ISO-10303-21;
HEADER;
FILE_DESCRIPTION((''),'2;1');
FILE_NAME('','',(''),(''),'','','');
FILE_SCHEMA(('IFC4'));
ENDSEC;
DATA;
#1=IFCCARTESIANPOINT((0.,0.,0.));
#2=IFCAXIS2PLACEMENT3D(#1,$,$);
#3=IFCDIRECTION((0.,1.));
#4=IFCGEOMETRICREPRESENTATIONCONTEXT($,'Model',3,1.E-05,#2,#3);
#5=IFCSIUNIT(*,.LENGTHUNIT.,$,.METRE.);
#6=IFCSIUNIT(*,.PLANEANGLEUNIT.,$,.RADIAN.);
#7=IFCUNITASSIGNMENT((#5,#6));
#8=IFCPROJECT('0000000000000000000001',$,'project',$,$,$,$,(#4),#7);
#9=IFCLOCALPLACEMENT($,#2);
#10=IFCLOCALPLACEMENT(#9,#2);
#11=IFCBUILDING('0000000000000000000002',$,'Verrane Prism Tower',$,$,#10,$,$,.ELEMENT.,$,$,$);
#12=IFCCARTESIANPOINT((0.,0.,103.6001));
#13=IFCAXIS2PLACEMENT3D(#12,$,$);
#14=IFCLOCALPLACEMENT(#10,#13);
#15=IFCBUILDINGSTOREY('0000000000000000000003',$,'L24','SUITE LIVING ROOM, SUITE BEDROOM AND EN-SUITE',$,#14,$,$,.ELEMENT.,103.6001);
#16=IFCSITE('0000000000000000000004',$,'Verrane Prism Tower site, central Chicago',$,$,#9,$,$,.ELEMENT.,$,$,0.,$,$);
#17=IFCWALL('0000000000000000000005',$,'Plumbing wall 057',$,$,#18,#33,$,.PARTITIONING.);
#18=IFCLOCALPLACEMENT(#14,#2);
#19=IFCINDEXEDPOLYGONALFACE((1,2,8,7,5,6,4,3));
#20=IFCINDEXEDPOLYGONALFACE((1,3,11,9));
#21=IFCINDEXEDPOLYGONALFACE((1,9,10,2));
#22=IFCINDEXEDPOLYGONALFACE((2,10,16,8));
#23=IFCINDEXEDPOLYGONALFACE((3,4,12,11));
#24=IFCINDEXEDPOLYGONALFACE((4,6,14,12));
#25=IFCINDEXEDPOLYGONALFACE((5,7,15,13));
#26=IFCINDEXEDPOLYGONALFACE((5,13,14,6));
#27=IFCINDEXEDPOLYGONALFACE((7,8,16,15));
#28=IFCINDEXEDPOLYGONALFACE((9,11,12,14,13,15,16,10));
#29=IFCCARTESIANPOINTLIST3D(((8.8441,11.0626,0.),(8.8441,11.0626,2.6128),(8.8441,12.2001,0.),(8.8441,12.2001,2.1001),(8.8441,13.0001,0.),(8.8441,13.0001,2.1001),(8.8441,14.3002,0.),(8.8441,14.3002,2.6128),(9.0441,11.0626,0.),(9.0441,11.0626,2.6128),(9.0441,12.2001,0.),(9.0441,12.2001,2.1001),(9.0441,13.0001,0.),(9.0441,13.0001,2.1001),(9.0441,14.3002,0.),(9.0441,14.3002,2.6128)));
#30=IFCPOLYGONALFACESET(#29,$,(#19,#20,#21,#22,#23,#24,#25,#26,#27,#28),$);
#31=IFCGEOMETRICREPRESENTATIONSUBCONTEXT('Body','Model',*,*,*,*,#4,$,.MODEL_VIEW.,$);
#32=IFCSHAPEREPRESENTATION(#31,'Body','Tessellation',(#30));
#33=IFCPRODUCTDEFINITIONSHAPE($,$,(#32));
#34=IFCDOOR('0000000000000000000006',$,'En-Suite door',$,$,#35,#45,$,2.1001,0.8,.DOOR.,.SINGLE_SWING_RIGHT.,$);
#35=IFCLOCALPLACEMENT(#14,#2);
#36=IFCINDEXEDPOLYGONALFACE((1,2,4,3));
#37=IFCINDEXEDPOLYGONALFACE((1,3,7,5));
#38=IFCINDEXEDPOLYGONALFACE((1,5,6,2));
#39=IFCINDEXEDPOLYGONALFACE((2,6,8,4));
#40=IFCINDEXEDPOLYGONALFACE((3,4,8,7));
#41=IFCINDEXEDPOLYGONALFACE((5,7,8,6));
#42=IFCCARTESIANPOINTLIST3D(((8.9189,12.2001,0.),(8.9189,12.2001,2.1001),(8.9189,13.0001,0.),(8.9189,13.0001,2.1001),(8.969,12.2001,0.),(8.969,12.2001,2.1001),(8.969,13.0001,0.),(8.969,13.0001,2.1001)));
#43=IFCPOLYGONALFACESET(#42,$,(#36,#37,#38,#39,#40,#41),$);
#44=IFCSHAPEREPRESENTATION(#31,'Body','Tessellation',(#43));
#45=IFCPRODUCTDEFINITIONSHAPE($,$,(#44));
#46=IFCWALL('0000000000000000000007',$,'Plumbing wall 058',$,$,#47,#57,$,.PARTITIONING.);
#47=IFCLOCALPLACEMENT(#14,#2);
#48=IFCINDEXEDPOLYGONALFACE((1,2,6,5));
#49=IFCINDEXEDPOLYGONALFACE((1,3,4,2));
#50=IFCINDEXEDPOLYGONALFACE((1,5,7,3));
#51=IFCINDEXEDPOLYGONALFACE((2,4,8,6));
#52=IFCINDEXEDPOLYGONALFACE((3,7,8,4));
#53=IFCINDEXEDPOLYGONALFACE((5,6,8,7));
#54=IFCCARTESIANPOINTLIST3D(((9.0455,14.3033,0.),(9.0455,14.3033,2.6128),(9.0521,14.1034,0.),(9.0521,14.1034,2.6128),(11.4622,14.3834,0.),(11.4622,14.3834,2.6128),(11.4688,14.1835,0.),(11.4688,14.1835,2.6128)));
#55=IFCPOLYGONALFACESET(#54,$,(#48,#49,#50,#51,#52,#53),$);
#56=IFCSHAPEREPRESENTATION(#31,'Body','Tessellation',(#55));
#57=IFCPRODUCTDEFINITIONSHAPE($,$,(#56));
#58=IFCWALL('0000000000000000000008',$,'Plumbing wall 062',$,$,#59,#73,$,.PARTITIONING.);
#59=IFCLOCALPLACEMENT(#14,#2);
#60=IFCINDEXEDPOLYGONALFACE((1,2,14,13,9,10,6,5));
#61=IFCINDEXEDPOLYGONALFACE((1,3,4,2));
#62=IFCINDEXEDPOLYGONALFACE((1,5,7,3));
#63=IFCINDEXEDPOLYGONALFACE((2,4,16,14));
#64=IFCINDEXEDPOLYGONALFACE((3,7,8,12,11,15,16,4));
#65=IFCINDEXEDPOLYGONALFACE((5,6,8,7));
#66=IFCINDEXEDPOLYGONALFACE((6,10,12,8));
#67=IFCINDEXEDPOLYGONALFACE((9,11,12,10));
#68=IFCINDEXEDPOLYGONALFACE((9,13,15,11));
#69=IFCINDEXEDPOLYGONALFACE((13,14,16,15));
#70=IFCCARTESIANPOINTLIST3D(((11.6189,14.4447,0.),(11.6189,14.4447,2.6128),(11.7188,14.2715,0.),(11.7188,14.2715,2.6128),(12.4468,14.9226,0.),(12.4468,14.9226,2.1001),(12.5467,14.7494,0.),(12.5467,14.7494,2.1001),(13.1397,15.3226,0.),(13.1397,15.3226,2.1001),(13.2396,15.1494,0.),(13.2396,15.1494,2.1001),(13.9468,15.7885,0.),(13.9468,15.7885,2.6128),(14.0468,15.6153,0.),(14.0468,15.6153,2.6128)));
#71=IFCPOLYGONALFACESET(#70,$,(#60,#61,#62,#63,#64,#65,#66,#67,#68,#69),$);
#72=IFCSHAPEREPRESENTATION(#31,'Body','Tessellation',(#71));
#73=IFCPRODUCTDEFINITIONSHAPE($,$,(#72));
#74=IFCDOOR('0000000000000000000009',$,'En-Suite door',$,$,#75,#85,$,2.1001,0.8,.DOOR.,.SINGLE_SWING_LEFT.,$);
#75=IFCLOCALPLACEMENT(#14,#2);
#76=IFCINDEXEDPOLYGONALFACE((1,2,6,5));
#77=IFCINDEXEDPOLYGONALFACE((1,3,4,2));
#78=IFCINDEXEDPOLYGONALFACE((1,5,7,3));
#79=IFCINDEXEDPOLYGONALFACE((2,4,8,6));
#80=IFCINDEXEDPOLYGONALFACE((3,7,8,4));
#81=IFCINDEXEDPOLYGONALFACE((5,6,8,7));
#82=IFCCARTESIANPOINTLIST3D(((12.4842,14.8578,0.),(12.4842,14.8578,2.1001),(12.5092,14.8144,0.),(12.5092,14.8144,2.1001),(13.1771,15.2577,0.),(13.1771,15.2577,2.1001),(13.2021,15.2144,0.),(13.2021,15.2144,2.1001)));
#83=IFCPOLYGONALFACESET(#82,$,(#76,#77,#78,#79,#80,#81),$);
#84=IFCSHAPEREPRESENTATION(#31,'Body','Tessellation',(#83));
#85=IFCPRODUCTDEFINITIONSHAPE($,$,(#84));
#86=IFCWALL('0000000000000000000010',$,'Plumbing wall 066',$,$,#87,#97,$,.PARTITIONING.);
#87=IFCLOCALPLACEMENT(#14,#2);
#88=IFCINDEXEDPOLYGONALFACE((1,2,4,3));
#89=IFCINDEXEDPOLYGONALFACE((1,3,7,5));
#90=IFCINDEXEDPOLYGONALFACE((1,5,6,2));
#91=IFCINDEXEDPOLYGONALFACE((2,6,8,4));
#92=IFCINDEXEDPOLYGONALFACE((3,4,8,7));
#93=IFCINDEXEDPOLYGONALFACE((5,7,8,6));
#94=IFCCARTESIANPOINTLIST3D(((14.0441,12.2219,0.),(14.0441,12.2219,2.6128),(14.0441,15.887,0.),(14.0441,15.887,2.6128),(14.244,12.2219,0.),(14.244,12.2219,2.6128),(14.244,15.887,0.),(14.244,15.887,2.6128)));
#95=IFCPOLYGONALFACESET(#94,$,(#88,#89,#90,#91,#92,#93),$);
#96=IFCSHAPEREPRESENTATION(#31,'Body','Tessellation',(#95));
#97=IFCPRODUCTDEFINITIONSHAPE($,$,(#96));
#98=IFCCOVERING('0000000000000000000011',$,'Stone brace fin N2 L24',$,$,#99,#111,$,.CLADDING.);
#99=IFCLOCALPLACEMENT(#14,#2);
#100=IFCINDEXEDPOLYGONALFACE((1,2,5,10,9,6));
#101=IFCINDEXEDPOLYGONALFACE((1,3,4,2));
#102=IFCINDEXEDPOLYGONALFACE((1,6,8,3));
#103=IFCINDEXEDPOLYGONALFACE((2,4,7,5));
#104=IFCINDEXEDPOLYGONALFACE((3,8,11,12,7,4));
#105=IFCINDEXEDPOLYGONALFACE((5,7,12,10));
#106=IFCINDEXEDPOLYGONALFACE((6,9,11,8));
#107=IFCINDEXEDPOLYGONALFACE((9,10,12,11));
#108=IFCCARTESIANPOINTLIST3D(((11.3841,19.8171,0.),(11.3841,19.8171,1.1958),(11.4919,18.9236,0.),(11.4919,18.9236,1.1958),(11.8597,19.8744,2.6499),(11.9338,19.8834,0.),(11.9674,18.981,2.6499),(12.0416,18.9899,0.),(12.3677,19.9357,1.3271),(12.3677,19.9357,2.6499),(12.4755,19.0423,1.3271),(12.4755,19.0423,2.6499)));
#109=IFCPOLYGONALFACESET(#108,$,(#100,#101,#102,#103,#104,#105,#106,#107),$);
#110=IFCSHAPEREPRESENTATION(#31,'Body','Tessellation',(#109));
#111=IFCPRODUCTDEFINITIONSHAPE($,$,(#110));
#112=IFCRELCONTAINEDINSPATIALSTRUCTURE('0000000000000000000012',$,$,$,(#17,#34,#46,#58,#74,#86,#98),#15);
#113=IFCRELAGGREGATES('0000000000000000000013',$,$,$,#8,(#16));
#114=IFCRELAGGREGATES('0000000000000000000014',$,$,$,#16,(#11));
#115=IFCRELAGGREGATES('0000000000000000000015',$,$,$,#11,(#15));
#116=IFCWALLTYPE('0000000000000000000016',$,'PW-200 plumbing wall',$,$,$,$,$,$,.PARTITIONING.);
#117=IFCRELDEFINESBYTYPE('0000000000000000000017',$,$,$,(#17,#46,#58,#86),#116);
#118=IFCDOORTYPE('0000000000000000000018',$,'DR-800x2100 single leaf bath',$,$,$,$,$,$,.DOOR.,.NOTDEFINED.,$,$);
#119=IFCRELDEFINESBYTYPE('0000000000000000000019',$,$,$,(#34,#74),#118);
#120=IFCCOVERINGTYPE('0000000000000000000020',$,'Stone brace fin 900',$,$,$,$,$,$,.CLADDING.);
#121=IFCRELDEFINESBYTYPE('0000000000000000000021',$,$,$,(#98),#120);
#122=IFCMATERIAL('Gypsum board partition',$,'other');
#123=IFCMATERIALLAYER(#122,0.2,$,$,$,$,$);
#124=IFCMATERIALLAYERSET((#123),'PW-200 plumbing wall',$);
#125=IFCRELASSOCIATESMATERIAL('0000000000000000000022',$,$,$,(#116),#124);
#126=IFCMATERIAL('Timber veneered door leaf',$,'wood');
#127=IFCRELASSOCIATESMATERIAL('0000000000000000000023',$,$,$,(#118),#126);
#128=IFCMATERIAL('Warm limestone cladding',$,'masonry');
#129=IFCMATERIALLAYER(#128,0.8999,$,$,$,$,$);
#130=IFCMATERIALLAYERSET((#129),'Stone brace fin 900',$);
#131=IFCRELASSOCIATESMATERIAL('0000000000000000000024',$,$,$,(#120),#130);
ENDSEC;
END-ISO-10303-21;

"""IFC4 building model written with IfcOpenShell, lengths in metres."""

from ifc_helpers import new_model, si_unit, direction, frame, frame_2d, origin, place, context, subcontext, project, spatial, polyline, rectangle, outline, extrude, material, layer, layer_set, type_object, element, fill, save


model = new_model("IFC4")

# Units and contexts
model_context = context("Model", 3, precision=1e-05, world=origin(), true_north=direction((0.0, 1.0)))
body_context = subcontext(model_context, "Body", "Model", "MODEL_VIEW")
ifc_project = project(units=[si_unit("LENGTHUNIT", "METRE"), si_unit("PLANEANGLEUNIT", "RADIAN")], contexts=[model_context])

# Site, building, storey
site_placement = place(None, origin())
site = spatial("IfcSite", under=ifc_project, at=site_placement, Name="Verrane Prism Tower site, central Chicago", CompositionType="ELEMENT", RefElevation=0.0)
building_placement = place(site_placement, origin())
building = spatial("IfcBuilding", under=site, at=building_placement, Name="Verrane Prism Tower", CompositionType="ELEMENT")
storey_placement = place(building_placement, frame((0.0, 0.0, 103.6001)))
storey = spatial("IfcBuildingStorey", under=building, at=storey_placement, Name="L24", Description="SUITE LIVING ROOM, SUITE BEDROOM AND EN-SUITE", CompositionType="ELEMENT", Elevation=103.6001)

# Wall, opening, door
ifc_material_1 = material(Name="Gypsum board partition", Category="other")
ifc_layer_1 = layer(ifc_material_1, 0.2)
ifc_layer_set_1 = layer_set([ifc_layer_1], Name="PW-200 plumbing wall")
wall_type_1 = type_object("IfcWallType", Name="PW-200 plumbing wall", PredefinedType="PARTITIONING", material=ifc_layer_set_1)
wall_1_placement = place(storey_placement, frame((8.9441, 14.3, 0.0), z_axis=(0.0, 0.0, 1.0), x_axis=(0.0, -1.0, 0.0)))
wall_1 = element("IfcWall", 1, at=wall_1_placement, inside=storey, type_object=wall_type_1, Name="Plumbing wall 057", PredefinedType="PARTITIONING", context=body_context, shape_type="SweptSolid", body=[
    extrude(rectangle(XDim=3.2375, YDim=0.2, at=frame_2d((1.6187, 0.0))), origin(), (0.0, 0.0, 1.0), 2.6128),
])
opening_1_placement = place(wall_1_placement, frame((1.3, 0.0, 0.0)))
opening_1 = element("IfcOpeningElement", 2, at=opening_1_placement, cuts=wall_1, PredefinedType="OPENING", context=body_context, shape_type="SweptSolid", body=[
    extrude(rectangle(XDim=0.8, YDim=2.1001, at=frame_2d((0.3999, 1.05))), frame((0.0, 0.1099, 0.0), z_axis=(0.0, -1.0, 0.0), x_axis=(1.0, 0.0, 0.0)), (0.0, 0.0, 1.0), 0.22),
])
ifc_material_2 = material(Name="Timber veneered door leaf", Category="wood")
door_type_1 = type_object("IfcDoorType", Name="DR-800x2100 single leaf bath", OperationType="NOTDEFINED", PredefinedType="DOOR", material=ifc_material_2)
door_1_placement = place(opening_1_placement, origin())
door_1 = element("IfcDoor", 3, at=door_1_placement, inside=storey, type_object=door_type_1, Name="En-Suite door", OperationType="SINGLE_SWING_RIGHT", OverallHeight=2.1001, OverallWidth=0.8, PredefinedType="DOOR", context=body_context, shape_type="SweptSolid", body=[
    extrude(rectangle(XDim=0.8, YDim=2.1001, at=frame_2d((0.3999, 1.05))), frame((0.0, 0.0249, 0.0), z_axis=(0.0, -1.0, 0.0), x_axis=(1.0, 0.0, 0.0)), (0.0, 0.0, 1.0), 0.05),
])
fill(opening_1, door_1)

# Wall
wall_2_placement = place(storey_placement, frame((9.0488, 14.2034, 0.0), z_axis=(0.0, 0.0, 1.0), x_axis=(0.999451, 0.033116, 0.0)))
element("IfcWall", 4, at=wall_2_placement, inside=storey, type_object=wall_type_1, Name="Plumbing wall 058", PredefinedType="PARTITIONING", context=body_context, shape_type="SweptSolid", body=[
    extrude(rectangle(XDim=2.418, YDim=0.2, at=frame_2d((1.209, 0.0))), origin(), (0.0, 0.0, 1.0), 2.6128),
])

# Wall, opening, door
wall_3_placement = place(storey_placement, frame((13.9968, 15.7019, 0.0), z_axis=(0.0, 0.0, 1.0), x_axis=(-0.866066, -0.49993, 0.0)))
wall_3 = element("IfcWall", 5, at=wall_3_placement, inside=storey, type_object=wall_type_1, Name="Plumbing wall 062", PredefinedType="PARTITIONING", context=body_context, shape_type="SweptSolid", body=[
    extrude(rectangle(XDim=2.688, YDim=0.2, at=frame_2d((1.344, 0.0))), origin(), (0.0, 0.0, 1.0), 2.6128),
])
opening_2_placement = place(wall_3_placement, frame((0.9321, 0.0, 0.0)))
opening_2 = element("IfcOpeningElement", 6, at=opening_2_placement, cuts=wall_3, PredefinedType="OPENING", context=body_context, shape_type="SweptSolid", body=[
    extrude(rectangle(XDim=0.8, YDim=2.1001, at=frame_2d((0.3999, 1.05))), frame((0.0, 0.1099, 0.0), z_axis=(0.0, -1.0, 0.0), x_axis=(1.0, 0.0, 0.0)), (0.0, 0.0, 1.0), 0.22),
])
door_2_placement = place(opening_2_placement, origin())
door_2 = element("IfcDoor", 7, at=door_2_placement, inside=storey, type_object=door_type_1, Name="En-Suite door", OperationType="SINGLE_SWING_LEFT", OverallHeight=2.1001, OverallWidth=0.8, PredefinedType="DOOR", context=body_context, shape_type="SweptSolid", body=[
    extrude(rectangle(XDim=0.8, YDim=2.1001, at=frame_2d((0.3999, 1.05))), frame((0.0, 0.0249, 0.0), z_axis=(0.0, -1.0, 0.0), x_axis=(1.0, 0.0, 0.0)), (0.0, 0.0, 1.0), 0.05),
])
fill(opening_2, door_2)

# Wall
wall_4_placement = place(storey_placement, frame((14.144, 12.2219, 0.0), z_axis=(0.0, 0.0, 1.0), x_axis=(0.0, 1.0, 0.0)))
element("IfcWall", 8, at=wall_4_placement, inside=storey, type_object=wall_type_1, Name="Plumbing wall 066", PredefinedType="PARTITIONING", context=body_context, shape_type="SweptSolid", body=[
    extrude(rectangle(XDim=3.665, YDim=0.2, at=frame_2d((1.8325, 0.0))), origin(), (0.0, 0.0, 1.0), 2.6128),
])

# Covering
ifc_material_3 = material(Name="Warm limestone cladding", Category="masonry")
ifc_layer_2 = layer(ifc_material_3, 0.8999)
ifc_layer_set_2 = layer_set([ifc_layer_2], Name="Stone brace fin 900")
covering_type = type_object("IfcCoveringType", Name="Stone brace fin 900", PredefinedType="CLADDING", material=ifc_layer_set_2)
covering_placement = place(storey_placement, frame((11.438, 19.3704, 0.0), z_axis=(0.0, 0.0, 1.0), x_axis=(0.992807, 0.119728, 0.0)))
element("IfcCovering", 9, at=covering_placement, inside=storey, type_object=covering_type, Name="Stone brace fin N2 L24", PredefinedType="CLADDING", context=body_context, shape_type="SweptSolid", body=[
    extrude(outline(polyline([(0.9907, 2.6499), (0.479, 2.6499), (0.0, 1.1958), (0.0, 0.0), (0.5537, 0.0), (0.9907, 1.3271), (0.9907, 2.6499)])), frame((0.0, 0.45, 0.0), z_axis=(0.0, -1.0, 0.0), x_axis=(1.0, 0.0, 0.0)), (0.0, 0.0, 1.0), 0.8999),
])

save(model, "model.ifc")
